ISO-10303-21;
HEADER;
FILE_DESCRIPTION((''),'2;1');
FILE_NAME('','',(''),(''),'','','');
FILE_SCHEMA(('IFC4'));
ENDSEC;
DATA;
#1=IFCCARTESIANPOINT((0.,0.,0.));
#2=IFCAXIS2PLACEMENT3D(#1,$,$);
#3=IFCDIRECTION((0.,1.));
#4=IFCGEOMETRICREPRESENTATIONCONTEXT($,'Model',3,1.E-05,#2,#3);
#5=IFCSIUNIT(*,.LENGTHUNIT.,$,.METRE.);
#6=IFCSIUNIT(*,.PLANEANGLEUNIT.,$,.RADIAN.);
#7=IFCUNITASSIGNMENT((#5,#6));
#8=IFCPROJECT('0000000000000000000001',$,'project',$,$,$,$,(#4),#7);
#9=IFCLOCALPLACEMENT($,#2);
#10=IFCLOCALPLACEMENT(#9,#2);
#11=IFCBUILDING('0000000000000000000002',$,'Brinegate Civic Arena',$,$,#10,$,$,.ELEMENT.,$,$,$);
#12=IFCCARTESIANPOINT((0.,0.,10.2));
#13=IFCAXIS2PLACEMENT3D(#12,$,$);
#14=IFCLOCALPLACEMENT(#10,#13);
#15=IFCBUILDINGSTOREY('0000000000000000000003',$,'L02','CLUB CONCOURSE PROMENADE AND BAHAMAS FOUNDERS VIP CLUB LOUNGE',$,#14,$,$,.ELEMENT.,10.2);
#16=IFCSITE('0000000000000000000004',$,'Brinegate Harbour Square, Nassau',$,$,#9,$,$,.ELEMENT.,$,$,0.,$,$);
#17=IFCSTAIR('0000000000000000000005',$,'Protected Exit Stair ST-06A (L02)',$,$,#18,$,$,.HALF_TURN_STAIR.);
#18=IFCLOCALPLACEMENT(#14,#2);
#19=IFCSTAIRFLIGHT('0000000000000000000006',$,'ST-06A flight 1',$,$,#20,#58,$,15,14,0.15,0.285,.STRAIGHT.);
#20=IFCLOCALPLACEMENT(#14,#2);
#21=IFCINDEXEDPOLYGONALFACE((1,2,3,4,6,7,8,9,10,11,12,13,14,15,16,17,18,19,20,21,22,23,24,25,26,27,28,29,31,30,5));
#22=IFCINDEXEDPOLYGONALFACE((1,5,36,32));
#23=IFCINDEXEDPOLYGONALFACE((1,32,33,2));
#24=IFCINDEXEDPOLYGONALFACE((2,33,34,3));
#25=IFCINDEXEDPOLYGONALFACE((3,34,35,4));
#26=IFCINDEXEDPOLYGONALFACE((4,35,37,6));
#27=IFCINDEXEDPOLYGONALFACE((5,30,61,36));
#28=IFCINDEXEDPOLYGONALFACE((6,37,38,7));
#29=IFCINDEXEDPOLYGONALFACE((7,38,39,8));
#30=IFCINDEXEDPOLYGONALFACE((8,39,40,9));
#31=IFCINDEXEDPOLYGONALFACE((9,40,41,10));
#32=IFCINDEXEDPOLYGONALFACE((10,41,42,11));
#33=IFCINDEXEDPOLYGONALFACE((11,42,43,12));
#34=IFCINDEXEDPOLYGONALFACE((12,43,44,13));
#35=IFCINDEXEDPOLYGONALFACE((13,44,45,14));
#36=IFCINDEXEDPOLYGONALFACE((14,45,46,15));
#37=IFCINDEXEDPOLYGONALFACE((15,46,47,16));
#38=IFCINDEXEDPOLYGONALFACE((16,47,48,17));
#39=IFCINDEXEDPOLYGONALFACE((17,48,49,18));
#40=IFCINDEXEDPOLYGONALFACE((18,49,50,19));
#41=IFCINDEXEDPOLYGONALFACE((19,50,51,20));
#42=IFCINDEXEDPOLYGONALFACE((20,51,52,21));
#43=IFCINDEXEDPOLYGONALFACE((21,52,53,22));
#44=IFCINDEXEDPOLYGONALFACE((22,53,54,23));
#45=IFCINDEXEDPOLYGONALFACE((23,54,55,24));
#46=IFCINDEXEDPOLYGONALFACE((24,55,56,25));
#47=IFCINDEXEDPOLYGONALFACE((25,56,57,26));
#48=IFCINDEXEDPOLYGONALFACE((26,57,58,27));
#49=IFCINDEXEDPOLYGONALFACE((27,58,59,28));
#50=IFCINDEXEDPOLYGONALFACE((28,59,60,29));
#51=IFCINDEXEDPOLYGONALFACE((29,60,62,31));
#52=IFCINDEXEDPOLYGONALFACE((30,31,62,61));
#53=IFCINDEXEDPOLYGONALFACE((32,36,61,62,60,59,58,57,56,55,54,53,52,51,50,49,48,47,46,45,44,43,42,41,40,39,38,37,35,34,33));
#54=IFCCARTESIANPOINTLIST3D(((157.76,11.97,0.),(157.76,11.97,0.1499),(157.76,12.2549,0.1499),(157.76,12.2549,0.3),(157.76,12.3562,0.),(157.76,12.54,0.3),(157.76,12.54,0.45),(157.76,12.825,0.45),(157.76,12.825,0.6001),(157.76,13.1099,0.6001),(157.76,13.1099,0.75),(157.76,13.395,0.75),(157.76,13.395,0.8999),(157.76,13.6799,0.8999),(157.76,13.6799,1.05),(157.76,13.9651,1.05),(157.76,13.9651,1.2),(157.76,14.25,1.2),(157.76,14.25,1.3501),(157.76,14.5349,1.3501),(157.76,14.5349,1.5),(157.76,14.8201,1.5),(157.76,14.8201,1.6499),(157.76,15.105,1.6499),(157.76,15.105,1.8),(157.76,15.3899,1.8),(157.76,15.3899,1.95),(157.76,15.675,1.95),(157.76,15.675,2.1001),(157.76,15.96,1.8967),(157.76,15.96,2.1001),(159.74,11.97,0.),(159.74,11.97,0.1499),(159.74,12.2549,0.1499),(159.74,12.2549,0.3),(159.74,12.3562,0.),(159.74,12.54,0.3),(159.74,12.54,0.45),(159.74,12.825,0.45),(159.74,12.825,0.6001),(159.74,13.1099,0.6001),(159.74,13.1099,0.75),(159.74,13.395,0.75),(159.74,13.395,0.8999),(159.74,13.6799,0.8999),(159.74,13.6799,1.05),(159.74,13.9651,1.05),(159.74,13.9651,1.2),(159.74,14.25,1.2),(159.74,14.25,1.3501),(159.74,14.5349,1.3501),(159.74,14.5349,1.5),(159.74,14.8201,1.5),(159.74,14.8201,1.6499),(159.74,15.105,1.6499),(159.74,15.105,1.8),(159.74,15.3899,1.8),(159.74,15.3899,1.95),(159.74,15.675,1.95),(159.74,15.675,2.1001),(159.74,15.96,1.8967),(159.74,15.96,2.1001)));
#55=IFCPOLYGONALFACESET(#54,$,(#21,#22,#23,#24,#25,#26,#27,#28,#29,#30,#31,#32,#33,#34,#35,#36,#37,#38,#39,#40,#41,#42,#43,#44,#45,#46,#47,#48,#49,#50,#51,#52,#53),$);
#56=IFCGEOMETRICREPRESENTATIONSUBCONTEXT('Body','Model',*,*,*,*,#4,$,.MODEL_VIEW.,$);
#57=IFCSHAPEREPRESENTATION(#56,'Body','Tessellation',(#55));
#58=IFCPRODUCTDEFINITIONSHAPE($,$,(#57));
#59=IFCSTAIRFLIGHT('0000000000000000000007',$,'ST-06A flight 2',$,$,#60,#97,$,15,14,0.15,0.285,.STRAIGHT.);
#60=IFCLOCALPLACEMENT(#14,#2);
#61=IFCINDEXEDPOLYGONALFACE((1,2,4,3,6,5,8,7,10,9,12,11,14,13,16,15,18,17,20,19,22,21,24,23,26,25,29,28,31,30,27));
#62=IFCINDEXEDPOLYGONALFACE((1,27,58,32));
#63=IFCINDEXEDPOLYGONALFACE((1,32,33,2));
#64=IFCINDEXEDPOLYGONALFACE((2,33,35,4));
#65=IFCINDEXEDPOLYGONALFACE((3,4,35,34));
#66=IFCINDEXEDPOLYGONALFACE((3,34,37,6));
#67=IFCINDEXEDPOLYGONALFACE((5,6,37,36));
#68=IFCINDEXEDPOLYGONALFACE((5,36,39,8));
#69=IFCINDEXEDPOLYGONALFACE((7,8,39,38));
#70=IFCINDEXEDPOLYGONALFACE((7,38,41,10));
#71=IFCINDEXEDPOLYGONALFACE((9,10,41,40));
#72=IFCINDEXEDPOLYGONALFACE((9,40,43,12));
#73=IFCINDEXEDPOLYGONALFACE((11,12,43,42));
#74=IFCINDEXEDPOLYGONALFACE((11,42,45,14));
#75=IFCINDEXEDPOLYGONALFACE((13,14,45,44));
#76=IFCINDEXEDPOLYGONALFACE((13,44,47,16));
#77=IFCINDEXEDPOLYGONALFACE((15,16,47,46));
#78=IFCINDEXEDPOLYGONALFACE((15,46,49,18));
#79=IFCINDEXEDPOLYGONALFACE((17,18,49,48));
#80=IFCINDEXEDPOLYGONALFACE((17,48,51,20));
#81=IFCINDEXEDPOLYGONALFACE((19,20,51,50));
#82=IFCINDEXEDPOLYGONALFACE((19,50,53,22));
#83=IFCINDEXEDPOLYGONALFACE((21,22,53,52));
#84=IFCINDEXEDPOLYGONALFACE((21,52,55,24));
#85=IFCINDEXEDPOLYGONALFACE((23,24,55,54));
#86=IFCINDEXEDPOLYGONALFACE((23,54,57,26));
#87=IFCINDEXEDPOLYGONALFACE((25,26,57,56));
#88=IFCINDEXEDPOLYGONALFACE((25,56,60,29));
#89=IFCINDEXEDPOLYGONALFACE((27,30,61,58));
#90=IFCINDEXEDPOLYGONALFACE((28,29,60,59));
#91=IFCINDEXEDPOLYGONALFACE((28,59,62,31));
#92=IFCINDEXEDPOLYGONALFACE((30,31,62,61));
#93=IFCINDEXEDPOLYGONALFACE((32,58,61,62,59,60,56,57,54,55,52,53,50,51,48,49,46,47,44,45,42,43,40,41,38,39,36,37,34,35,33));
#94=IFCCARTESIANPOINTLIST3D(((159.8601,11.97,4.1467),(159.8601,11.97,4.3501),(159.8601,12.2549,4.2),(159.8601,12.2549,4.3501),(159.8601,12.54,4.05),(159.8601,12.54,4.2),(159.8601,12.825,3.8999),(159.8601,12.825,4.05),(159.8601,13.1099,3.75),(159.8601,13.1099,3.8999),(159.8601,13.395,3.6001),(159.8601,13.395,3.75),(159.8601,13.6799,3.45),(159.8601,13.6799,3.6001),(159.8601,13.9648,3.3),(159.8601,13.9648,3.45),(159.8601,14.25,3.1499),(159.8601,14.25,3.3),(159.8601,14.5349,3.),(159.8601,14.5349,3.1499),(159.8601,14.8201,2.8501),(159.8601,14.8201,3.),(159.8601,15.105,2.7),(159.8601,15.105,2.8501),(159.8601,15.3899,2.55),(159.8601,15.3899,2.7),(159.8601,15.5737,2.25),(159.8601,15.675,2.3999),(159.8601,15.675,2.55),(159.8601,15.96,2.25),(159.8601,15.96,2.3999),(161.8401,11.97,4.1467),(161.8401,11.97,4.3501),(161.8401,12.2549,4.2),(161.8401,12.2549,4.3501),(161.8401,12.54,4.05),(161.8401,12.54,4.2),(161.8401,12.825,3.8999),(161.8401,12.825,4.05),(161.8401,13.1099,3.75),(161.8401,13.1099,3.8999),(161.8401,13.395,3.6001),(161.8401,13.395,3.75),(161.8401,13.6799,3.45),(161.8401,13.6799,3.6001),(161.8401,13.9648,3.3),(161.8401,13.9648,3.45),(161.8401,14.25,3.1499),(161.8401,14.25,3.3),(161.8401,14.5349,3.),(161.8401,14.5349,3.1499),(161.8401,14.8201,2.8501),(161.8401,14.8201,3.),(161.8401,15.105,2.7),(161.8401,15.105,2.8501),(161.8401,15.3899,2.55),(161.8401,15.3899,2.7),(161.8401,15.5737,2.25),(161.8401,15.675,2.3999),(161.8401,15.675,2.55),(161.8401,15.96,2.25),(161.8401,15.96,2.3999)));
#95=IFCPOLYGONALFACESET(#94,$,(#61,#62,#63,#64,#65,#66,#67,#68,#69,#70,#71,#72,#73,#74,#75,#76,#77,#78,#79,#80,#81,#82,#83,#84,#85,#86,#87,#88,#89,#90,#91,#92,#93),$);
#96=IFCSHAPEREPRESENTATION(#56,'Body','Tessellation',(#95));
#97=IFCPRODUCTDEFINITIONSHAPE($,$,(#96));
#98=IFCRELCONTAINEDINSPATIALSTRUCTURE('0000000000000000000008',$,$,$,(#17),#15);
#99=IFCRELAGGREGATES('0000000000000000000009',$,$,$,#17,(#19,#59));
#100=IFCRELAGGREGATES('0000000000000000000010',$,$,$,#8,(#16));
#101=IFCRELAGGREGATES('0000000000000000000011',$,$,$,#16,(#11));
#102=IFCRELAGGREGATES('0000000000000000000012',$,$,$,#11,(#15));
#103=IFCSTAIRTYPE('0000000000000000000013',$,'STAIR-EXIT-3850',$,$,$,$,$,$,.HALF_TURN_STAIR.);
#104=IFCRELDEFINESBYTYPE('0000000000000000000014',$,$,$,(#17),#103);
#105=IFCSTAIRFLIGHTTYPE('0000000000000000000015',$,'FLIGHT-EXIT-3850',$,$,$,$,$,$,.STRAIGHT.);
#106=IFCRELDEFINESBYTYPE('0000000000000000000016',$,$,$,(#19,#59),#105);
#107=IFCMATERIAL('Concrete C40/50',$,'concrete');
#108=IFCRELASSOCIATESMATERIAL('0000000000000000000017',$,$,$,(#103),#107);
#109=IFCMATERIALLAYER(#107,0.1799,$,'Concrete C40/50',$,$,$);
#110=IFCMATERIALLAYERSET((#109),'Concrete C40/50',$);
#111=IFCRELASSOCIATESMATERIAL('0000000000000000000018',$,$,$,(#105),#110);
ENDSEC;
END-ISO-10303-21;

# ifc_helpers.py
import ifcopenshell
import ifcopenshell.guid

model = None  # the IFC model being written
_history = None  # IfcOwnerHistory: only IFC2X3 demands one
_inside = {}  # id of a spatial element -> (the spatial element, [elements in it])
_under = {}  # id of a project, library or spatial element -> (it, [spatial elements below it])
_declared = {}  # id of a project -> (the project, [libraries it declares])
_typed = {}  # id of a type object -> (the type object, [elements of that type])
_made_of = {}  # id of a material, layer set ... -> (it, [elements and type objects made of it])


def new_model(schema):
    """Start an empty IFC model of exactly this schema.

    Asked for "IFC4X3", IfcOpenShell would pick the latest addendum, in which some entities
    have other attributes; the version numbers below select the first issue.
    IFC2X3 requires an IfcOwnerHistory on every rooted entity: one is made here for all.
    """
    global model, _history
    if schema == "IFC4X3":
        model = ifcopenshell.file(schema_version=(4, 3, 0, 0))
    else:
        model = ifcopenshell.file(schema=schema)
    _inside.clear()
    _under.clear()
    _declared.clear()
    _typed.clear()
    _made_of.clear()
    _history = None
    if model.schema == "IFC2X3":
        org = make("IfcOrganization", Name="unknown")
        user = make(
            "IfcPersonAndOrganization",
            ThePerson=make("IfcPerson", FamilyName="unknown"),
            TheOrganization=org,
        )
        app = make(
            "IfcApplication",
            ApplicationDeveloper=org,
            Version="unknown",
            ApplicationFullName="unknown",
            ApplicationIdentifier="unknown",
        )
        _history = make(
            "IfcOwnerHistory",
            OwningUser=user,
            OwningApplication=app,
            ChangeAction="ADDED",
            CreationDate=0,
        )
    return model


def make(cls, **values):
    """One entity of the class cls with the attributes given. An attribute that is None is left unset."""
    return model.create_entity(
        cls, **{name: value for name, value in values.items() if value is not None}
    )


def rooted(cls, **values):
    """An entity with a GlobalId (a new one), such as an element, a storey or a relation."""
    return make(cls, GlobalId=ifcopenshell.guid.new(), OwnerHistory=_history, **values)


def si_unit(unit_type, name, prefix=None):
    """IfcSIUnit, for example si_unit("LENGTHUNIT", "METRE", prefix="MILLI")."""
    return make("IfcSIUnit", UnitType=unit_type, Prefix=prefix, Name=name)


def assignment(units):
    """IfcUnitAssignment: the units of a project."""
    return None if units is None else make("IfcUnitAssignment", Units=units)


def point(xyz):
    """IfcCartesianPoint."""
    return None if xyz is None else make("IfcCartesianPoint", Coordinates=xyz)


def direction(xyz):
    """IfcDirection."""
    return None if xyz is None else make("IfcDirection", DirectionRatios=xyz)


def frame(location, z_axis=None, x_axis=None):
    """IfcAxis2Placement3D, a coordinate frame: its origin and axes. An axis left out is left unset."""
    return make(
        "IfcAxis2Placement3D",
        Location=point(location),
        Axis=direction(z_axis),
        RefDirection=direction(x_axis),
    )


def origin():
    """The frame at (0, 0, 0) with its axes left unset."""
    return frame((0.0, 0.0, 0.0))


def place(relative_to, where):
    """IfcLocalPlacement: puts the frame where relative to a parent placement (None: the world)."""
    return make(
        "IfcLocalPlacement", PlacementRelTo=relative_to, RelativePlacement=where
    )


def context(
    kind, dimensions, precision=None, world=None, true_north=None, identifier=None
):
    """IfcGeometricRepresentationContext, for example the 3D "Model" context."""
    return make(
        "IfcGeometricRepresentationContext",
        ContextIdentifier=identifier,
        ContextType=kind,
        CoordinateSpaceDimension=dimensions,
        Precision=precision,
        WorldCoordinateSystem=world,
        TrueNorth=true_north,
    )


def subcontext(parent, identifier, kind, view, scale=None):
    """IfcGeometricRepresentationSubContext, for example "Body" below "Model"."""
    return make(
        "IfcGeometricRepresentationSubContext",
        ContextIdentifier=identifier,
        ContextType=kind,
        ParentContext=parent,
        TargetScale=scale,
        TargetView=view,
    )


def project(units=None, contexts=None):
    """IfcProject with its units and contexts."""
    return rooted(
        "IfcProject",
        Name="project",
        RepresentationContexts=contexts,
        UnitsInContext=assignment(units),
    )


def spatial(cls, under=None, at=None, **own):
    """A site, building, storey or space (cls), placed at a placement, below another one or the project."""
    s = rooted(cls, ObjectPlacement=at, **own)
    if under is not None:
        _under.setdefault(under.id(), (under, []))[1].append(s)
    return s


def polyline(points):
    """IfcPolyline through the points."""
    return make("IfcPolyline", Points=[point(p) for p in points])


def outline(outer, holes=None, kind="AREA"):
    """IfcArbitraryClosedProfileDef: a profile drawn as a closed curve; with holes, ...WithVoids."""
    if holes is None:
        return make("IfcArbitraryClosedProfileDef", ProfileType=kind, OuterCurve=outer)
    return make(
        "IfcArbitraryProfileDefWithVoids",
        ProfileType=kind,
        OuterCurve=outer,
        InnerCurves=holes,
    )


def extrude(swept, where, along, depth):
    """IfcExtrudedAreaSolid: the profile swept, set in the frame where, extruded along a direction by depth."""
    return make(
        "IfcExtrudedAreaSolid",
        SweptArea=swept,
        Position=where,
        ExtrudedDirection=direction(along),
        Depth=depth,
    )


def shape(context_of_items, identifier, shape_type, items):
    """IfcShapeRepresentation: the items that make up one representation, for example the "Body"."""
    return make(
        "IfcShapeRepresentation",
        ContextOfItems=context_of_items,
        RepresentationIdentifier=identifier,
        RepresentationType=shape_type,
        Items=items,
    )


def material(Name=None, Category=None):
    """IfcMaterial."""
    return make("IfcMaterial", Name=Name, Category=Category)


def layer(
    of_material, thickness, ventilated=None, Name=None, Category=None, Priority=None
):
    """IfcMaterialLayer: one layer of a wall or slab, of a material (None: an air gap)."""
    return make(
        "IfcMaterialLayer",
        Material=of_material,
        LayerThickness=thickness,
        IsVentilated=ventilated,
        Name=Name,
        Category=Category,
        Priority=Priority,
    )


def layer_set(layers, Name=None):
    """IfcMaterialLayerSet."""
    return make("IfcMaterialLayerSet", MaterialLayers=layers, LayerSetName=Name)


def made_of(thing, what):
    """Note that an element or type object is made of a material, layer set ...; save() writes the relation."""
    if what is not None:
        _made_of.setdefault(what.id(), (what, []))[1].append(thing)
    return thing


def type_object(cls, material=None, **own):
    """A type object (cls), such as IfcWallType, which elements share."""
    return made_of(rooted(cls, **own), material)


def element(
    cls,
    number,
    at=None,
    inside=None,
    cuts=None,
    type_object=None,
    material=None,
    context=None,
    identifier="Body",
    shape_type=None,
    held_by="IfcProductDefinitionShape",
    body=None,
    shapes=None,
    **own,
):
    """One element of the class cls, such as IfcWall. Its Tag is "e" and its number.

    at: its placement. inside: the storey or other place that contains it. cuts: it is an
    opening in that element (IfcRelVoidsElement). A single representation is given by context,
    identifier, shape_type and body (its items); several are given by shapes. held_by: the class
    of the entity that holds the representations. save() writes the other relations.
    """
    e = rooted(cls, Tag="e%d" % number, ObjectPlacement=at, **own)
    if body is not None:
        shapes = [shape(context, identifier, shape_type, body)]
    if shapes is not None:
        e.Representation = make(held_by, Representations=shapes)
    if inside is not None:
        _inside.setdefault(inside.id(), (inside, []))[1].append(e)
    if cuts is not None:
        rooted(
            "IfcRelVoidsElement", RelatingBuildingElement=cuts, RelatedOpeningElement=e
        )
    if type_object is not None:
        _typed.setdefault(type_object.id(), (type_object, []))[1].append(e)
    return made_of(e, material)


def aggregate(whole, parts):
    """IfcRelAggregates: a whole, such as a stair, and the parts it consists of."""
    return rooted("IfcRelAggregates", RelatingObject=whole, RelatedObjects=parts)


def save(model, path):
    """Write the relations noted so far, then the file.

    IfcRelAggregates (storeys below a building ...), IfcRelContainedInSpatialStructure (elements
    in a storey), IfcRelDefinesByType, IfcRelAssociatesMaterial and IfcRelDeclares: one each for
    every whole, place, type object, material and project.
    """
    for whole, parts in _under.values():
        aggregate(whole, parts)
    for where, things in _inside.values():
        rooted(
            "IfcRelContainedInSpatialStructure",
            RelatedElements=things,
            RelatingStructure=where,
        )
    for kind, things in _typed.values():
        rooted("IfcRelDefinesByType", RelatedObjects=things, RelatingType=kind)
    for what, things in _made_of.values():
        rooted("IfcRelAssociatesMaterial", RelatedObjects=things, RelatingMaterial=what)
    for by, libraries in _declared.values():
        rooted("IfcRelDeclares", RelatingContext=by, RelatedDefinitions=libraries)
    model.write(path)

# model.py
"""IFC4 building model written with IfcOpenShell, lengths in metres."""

from ifc_helpers import new_model, si_unit, direction, frame, origin, place, context, subcontext, project, spatial, polyline, outline, extrude, material, layer, layer_set, type_object, element, aggregate, save


model = new_model("IFC4")

# Units and contexts
model_context = context("Model", 3, precision=1e-05, world=origin(), true_north=direction((0.0, 1.0)))
body_context = subcontext(model_context, "Body", "Model", "MODEL_VIEW")
ifc_project = project(units=[si_unit("LENGTHUNIT", "METRE"), si_unit("PLANEANGLEUNIT", "RADIAN")], contexts=[model_context])

# Site, building, storey
site_placement = place(None, origin())
site = spatial("IfcSite", under=ifc_project, at=site_placement, Name="Brinegate Harbour Square, Nassau", CompositionType="ELEMENT", RefElevation=0.0)
building_placement = place(site_placement, origin())
building = spatial("IfcBuilding", under=site, at=building_placement, Name="Brinegate Civic Arena", CompositionType="ELEMENT")
storey_placement = place(building_placement, frame((0.0, 0.0, 10.2)))
storey = spatial("IfcBuildingStorey", under=building, at=storey_placement, Name="L02", Description="CLUB CONCOURSE PROMENADE AND BAHAMAS FOUNDERS VIP CLUB LOUNGE", CompositionType="ELEMENT", Elevation=10.2)

# Stair, stair flights
ifc_material_1 = material(Name="Concrete C40/50", Category="concrete")
stair_type_1 = type_object("IfcStairType", Name="STAIR-EXIT-3850", PredefinedType="HALF_TURN_STAIR", material=ifc_material_1)
stair_1_placement = place(storey_placement, origin())
stair_1 = element("IfcStair", 1, at=stair_1_placement, inside=storey, type_object=stair_type_1, Name="Protected Exit Stair ST-06A (L02)", PredefinedType="HALF_TURN_STAIR")
ifc_layer_1 = layer(ifc_material_1, 0.1799, Name="Concrete C40/50")
ifc_layer_set_1 = layer_set([ifc_layer_1], Name="Concrete C40/50")
stair_flight_type_1 = type_object("IfcStairFlightType", Name="FLIGHT-EXIT-3850", PredefinedType="STRAIGHT", material=ifc_layer_set_1)
stair_flight_1_placement = place(storey_placement, frame((158.75, 11.97, 0.0), z_axis=(0.0, 0.0, 1.0), x_axis=(0.0, 1.0, 0.0)))
stair_flight_1 = element("IfcStairFlight", 2, at=stair_flight_1_placement, type_object=stair_flight_type_1, Name="ST-06A flight 1", NumberOfRisers=15, NumberOfTreads=14, PredefinedType="STRAIGHT", RiserHeight=0.15, TreadLength=0.285, context=body_context, shape_type="SweptSolid", body=[
    extrude(outline(polyline([(0.0, 0.0), (0.0, 0.1499), (0.2849, 0.1499), (0.2849, 0.3), (0.5701, 0.3), (0.5701, 0.45), (0.855, 0.45), (0.855, 0.6001), (1.1399, 0.6001), (1.1399, 0.75), (1.425, 0.75), (1.425, 0.8999), (1.71, 0.8999), (1.71, 1.05), (1.9951, 1.05), (1.9951, 1.2), (2.28, 1.2), (2.28, 1.3501), (2.5649, 1.3501), (2.5649, 1.5), (2.8501, 1.5), (2.8501, 1.6499), (3.135, 1.6499), (3.135, 1.8), (3.4199, 1.8), (3.4199, 1.95), (3.7051, 1.95), (3.7051, 2.1001), (3.99, 2.1001), (3.99, 2.25), (3.99, 1.8967), (0.3862, 0.0), (0.0, 0.0)])), frame((0.0, 0.99, 0.0), z_axis=(0.0, -1.0, 0.0), x_axis=(1.0, 0.0, 0.0)), (0.0, 0.0, 1.0), 1.98),
])
stair_flight_2_placement = place(storey_placement, frame((160.8501, 15.96, 2.25), z_axis=(0.0, 0.0, 1.0), x_axis=(0.0, -1.0, 0.0)))
stair_flight_2 = element("IfcStairFlight", 3, at=stair_flight_2_placement, type_object=stair_flight_type_1, Name="ST-06A flight 2", NumberOfRisers=15, NumberOfTreads=14, PredefinedType="STRAIGHT", RiserHeight=0.15, TreadLength=0.285, context=body_context, shape_type="SweptSolid", body=[
    extrude(outline(polyline([(0.0, 0.0), (0.0, 0.1499), (0.2849, 0.1499), (0.2849, 0.3), (0.5701, 0.3), (0.5701, 0.45), (0.855, 0.45), (0.855, 0.6001), (1.1399, 0.6001), (1.1399, 0.75), (1.425, 0.75), (1.425, 0.8999), (1.71, 0.8999), (1.71, 1.05), (1.9951, 1.05), (1.9951, 1.2), (2.28, 1.2), (2.28, 1.3501), (2.5649, 1.3501), (2.5649, 1.5), (2.8501, 1.5), (2.8501, 1.6499), (3.135, 1.6499), (3.135, 1.8), (3.4199, 1.8), (3.4199, 1.95), (3.7051, 1.95), (3.7051, 2.1001), (3.99, 2.1001), (3.99, 2.25), (3.99, 1.8967), (0.3862, 0.0), (0.0, 0.0)])), frame((0.0, 0.99, 0.0), z_axis=(0.0, -1.0, 0.0), x_axis=(1.0, 0.0, 0.0)), (0.0, 0.0, 1.0), 1.98),
])
aggregate(stair_1, [stair_flight_1, stair_flight_2])

save(model, "model.ifc")
